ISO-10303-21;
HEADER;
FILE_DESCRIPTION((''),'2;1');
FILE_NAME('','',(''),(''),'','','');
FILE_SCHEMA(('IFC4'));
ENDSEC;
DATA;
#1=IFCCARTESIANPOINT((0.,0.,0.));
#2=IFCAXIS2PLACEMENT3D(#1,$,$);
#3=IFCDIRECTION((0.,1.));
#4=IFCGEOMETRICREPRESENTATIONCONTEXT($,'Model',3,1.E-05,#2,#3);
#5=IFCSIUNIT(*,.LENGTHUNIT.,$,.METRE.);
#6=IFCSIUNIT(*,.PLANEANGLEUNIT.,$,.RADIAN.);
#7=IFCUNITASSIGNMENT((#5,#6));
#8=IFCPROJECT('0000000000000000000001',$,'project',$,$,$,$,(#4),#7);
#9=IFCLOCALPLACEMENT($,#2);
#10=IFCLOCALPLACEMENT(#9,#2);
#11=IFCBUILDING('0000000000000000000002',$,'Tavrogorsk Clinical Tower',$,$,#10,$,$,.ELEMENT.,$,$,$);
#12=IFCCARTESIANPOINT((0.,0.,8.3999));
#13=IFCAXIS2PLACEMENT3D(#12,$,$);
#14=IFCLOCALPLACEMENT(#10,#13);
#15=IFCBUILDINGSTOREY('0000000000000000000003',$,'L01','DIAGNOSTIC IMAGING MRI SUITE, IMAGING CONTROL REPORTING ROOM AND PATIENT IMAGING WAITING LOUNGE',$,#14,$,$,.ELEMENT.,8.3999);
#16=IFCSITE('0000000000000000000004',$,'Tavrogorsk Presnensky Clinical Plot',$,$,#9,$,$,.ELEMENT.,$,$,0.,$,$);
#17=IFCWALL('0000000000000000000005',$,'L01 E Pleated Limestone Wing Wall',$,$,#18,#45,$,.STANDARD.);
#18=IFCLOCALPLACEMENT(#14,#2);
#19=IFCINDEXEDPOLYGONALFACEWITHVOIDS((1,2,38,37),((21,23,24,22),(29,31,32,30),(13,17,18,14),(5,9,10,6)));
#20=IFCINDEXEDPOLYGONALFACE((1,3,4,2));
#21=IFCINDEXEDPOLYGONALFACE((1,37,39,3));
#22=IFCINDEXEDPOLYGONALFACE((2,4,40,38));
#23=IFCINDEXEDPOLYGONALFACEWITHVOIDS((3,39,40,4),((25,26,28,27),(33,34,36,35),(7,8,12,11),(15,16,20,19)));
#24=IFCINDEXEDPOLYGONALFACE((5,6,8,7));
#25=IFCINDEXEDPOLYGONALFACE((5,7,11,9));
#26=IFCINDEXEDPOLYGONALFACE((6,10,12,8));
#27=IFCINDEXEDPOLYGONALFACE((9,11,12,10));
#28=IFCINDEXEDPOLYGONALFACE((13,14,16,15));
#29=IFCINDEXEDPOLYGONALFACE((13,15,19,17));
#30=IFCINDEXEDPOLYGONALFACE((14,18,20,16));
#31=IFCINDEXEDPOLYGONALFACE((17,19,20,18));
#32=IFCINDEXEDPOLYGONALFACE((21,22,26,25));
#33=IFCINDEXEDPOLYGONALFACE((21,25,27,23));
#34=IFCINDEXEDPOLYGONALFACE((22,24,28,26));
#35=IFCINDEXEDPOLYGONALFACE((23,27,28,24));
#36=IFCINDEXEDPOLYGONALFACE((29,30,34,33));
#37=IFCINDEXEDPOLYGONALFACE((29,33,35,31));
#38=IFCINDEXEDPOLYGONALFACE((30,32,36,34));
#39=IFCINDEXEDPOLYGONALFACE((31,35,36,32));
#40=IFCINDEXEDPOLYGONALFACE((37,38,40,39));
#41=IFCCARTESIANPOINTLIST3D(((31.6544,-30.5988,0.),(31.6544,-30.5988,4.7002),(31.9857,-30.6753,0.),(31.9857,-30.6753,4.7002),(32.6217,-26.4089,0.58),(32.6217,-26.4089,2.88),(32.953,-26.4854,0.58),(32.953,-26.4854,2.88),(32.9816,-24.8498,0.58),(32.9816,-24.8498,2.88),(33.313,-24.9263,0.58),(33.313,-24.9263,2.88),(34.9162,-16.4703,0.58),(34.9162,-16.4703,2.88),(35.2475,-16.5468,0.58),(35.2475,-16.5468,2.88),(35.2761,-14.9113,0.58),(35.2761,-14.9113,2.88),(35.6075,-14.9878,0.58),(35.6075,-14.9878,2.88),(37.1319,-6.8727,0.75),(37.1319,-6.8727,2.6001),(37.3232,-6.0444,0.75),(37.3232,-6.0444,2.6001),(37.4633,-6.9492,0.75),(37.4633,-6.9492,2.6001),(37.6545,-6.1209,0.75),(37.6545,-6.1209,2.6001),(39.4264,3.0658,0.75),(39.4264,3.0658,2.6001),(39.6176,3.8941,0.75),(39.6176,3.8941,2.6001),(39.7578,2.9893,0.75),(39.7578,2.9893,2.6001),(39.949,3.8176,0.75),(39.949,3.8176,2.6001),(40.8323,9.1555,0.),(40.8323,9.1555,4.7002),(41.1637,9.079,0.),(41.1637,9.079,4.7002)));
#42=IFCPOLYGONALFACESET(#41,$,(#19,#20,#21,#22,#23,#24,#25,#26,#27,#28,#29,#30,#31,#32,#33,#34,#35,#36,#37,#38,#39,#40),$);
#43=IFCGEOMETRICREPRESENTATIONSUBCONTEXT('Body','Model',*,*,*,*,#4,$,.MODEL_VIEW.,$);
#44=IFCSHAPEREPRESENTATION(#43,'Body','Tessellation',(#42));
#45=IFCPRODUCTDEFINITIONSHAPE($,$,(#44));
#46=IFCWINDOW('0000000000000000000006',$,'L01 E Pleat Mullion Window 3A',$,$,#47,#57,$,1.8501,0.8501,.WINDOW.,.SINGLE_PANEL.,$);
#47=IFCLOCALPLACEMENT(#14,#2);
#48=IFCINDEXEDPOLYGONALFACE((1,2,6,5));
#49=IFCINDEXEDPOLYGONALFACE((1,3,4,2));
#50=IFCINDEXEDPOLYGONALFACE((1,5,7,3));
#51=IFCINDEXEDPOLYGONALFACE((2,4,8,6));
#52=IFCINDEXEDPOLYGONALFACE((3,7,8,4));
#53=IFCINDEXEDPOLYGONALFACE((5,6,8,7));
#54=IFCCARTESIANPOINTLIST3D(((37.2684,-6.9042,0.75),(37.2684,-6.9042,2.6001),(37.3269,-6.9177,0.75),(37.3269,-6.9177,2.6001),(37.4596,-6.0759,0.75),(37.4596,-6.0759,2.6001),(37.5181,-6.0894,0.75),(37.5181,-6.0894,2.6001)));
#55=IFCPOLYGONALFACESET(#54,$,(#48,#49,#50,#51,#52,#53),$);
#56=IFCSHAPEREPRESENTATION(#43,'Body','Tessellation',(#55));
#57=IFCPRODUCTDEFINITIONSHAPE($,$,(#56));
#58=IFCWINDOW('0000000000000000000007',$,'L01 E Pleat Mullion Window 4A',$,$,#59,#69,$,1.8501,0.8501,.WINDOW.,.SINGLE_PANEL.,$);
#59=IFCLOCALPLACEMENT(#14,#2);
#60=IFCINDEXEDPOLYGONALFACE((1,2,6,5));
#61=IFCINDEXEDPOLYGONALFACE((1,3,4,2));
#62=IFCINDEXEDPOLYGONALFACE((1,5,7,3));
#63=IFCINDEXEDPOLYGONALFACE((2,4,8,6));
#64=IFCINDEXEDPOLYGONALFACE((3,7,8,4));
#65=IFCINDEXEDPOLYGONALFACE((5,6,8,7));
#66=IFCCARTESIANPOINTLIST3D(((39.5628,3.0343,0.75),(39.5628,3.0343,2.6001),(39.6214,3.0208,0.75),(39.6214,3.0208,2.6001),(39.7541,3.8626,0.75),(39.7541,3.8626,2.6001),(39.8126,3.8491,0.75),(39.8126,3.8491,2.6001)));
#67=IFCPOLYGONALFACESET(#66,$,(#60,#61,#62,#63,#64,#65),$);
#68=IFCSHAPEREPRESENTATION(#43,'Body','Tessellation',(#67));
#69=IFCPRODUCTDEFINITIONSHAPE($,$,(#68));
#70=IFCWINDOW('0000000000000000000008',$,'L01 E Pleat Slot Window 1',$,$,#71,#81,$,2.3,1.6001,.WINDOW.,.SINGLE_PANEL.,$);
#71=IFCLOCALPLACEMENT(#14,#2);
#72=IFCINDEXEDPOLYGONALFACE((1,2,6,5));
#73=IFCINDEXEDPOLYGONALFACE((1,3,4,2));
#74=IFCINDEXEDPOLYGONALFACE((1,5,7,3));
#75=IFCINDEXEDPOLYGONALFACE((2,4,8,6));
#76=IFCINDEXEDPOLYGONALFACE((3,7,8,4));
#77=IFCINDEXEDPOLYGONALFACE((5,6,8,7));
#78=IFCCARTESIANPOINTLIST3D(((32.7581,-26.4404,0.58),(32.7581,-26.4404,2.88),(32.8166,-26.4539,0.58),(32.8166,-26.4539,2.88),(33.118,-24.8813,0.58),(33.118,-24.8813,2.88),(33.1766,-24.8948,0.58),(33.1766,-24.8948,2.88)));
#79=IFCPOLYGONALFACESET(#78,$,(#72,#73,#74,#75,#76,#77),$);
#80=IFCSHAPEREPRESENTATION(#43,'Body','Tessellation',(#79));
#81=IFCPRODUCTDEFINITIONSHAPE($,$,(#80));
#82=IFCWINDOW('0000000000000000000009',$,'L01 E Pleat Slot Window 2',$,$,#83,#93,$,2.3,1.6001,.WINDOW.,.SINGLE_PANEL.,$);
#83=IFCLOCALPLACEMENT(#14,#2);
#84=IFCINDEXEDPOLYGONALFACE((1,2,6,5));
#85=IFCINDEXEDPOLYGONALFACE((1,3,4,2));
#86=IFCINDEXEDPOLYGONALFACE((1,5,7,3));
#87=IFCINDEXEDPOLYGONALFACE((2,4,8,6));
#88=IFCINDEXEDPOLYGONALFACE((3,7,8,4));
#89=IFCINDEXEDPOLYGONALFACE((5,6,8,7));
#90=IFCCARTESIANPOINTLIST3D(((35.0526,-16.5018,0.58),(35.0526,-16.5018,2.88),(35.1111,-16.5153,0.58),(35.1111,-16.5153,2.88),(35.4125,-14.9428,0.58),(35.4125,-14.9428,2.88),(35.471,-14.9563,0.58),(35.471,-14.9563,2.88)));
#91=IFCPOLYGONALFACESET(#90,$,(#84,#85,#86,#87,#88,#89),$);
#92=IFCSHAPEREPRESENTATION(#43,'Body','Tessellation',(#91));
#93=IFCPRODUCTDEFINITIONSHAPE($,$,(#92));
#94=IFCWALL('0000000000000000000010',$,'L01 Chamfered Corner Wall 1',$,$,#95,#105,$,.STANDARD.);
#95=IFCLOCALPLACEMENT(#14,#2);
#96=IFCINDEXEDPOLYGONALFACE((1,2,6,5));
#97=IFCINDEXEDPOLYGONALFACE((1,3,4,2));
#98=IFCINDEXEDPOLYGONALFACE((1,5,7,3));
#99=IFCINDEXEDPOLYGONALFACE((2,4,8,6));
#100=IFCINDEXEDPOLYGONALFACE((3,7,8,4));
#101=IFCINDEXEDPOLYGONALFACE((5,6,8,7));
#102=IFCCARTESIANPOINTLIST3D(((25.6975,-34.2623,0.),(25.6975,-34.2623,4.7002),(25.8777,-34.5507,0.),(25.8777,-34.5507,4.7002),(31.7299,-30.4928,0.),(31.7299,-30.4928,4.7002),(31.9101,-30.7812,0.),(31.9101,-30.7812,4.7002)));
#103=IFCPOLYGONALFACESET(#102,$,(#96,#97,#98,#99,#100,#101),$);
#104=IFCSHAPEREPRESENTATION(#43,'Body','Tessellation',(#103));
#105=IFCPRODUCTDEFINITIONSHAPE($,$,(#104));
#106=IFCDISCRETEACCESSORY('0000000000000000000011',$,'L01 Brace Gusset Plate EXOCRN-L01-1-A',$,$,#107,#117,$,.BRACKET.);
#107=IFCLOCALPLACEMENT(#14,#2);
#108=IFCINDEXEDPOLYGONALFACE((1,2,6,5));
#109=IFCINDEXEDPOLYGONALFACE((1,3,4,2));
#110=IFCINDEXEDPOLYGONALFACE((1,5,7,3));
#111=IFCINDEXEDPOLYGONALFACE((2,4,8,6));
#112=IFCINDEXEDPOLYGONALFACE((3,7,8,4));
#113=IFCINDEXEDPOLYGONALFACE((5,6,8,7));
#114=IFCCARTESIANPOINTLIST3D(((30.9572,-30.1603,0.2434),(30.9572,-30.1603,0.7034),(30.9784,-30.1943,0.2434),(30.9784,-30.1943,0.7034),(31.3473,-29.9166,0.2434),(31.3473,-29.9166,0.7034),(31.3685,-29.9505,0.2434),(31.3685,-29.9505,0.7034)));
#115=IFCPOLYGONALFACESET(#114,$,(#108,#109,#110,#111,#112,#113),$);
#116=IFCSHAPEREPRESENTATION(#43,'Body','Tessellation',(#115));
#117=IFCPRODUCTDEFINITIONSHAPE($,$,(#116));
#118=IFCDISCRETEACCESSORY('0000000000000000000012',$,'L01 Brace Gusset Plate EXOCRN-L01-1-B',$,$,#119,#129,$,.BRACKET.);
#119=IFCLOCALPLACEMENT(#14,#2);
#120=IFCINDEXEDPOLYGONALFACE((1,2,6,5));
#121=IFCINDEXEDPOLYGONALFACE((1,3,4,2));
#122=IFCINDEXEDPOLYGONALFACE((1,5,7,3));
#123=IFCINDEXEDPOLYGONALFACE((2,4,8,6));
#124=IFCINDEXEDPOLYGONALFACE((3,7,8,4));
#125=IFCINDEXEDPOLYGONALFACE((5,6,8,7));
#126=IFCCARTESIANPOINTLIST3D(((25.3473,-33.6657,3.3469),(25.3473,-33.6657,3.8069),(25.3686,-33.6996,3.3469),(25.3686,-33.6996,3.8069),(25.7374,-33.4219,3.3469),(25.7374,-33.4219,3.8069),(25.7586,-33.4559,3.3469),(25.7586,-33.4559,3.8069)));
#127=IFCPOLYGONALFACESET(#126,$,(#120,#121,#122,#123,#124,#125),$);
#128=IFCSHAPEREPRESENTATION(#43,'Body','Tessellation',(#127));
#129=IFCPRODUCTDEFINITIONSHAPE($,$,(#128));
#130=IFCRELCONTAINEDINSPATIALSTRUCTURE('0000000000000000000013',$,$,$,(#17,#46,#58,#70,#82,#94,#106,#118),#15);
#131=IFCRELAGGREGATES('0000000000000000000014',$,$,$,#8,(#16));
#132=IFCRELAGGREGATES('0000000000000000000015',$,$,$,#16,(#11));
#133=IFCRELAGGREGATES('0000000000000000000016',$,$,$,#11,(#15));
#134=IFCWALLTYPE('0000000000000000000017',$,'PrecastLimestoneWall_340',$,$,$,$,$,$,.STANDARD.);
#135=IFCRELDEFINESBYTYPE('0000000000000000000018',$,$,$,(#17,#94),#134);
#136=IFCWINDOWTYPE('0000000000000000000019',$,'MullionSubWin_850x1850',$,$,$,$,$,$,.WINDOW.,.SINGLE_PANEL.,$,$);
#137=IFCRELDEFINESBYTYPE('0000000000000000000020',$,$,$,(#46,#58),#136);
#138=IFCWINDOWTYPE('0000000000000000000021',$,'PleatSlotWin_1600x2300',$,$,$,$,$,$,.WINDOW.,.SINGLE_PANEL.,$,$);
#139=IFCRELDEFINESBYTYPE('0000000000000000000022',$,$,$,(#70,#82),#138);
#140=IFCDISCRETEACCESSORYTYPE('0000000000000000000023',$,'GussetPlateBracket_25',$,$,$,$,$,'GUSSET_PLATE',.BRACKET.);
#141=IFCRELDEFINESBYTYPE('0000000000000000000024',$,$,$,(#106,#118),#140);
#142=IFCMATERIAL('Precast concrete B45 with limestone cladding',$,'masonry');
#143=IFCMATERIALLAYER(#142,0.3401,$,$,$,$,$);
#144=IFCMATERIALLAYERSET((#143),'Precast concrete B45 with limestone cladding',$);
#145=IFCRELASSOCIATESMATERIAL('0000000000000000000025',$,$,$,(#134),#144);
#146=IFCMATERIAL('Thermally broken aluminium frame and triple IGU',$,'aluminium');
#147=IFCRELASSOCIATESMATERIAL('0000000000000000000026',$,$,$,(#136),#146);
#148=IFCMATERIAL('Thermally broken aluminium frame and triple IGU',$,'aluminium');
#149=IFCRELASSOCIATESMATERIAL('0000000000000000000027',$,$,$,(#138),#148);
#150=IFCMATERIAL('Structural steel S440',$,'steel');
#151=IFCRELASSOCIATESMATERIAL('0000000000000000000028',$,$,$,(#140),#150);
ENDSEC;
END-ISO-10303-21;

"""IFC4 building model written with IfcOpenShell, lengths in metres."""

from ifc_helpers import new_model, si_unit, direction, frame, frame_2d, origin, origin_2d, place, context, subcontext, project, spatial, rectangle, extrude, material, layer, layer_set, type_object, element, fill, save


model = new_model("IFC4")

# Units and contexts
model_context = context("Model", 3, precision=1e-05, world=origin(), true_north=direction((0.0, 1.0)))
body_context = subcontext(model_context, "Body", "Model", "MODEL_VIEW")
ifc_project = project(units=[si_unit("LENGTHUNIT", "METRE"), si_unit("PLANEANGLEUNIT", "RADIAN")], contexts=[model_context])

# Site, building, storey
site_placement = place(None, origin())
site = spatial("IfcSite", under=ifc_project, at=site_placement, Name="Tavrogorsk Presnensky Clinical Plot", CompositionType="ELEMENT", RefElevation=0.0)
building_placement = place(site_placement, origin())
building = spatial("IfcBuilding", under=site, at=building_placement, Name="Tavrogorsk Clinical Tower", CompositionType="ELEMENT")
storey_placement = place(building_placement, frame((0.0, 0.0, 8.3999)))
storey = spatial("IfcBuildingStorey", under=building, at=storey_placement, Name="L01", Description="DIAGNOSTIC IMAGING MRI SUITE, IMAGING CONTROL REPORTING ROOM AND PATIENT IMAGING WAITING LOUNGE", CompositionType="ELEMENT", Elevation=8.3999)

# Wall, openings, windows
ifc_material_1 = material(Name="Precast concrete B45 with limestone cladding", Category="masonry")
ifc_layer_1 = layer(ifc_material_1, 0.3401)
ifc_layer_set_1 = layer_set([ifc_layer_1], Name="Precast concrete B45 with limestone cladding")
wall_type_1 = type_object("IfcWallType", Name="PrecastLimestoneWall_340", PredefinedType="STANDARD", material=ifc_layer_set_1)
wall_1_placement = place(storey_placement, frame((31.8201, -30.637, 0.0), z_axis=(0.0, 0.0, 1.0), x_axis=(0.22495, 0.97437, 0.0)))
wall_1 = element("IfcWall", 1, at=wall_1_placement, inside=storey, type_object=wall_type_1, Name="L01 E Pleated Limestone Wing Wall", PredefinedType="STANDARD", context=body_context, shape_type="SweptSolid", body=[
    extrude(rectangle(XDim=40.8, YDim=0.3401, at=frame_2d((20.3999, 0.0))), origin(), (0.0, 0.0, 1.0), 4.7002),
])
opening_1_placement = place(wall_1_placement, frame((4.3, 0.0, 0.5801)))
opening_1 = element("IfcOpeningElement", 2, at=opening_1_placement, cuts=wall_1, PredefinedType="OPENING", context=body_context, shape_type="SweptSolid", body=[
    extrude(rectangle(XDim=1.6001, YDim=2.3, at=frame_2d((0.8, 1.1499))), frame((0.0, 0.1799, 0.0), z_axis=(0.0, -1.0, 0.0), x_axis=(1.0, 0.0, 0.0)), (0.0, 0.0, 1.0), 0.3601),
])
opening_2_placement = place(wall_1_placement, frame((14.5, 0.0, 0.5801)))
opening_2 = element("IfcOpeningElement", 3, at=opening_2_placement, cuts=wall_1, PredefinedType="OPENING", context=body_context, shape_type="SweptSolid", body=[
    extrude(rectangle(XDim=1.6001, YDim=2.3, at=frame_2d((0.8, 1.1499))), frame((0.0, 0.1799, 0.0), z_axis=(0.0, -1.0, 0.0), x_axis=(1.0, 0.0, 0.0)), (0.0, 0.0, 1.0), 0.3601),
])
opening_3_placement = place(wall_1_placement, frame((24.3501, 0.0, 0.75)))
opening_3 = element("IfcOpeningElement", 4, at=opening_3_placement, cuts=wall_1, PredefinedType="OPENING", context=body_context, shape_type="SweptSolid", body=[
    extrude(rectangle(XDim=0.8501, YDim=1.8501, at=frame_2d((0.425, 0.925))), frame((0.0, 0.1799, 0.0), z_axis=(0.0, -1.0, 0.0), x_axis=(1.0, 0.0, 0.0)), (0.0, 0.0, 1.0), 0.3601),
])
opening_4_placement = place(wall_1_placement, frame((34.55, 0.0, 0.75)))
opening_4 = element("IfcOpeningElement", 5, at=opening_4_placement, cuts=wall_1, PredefinedType="OPENING", context=body_context, shape_type="SweptSolid", body=[
    extrude(rectangle(XDim=0.8501, YDim=1.8501, at=frame_2d((0.425, 0.925))), frame((0.0, 0.1799, 0.0), z_axis=(0.0, -1.0, 0.0), x_axis=(1.0, 0.0, 0.0)), (0.0, 0.0, 1.0), 0.3601),
])
ifc_material_2 = material(Name="Thermally broken aluminium frame and triple IGU", Category="aluminium")
window_type_1 = type_object("IfcWindowType", Name="MullionSubWin_850x1850", PartitioningType="SINGLE_PANEL", PredefinedType="WINDOW", material=ifc_material_2)
window_1_placement = place(opening_3_placement, origin())
window_1 = element("IfcWindow", 6, at=window_1_placement, inside=storey, type_object=window_type_1, Name="L01 E Pleat Mullion Window 3A", OverallHeight=1.8501, OverallWidth=0.8501, PartitioningType="SINGLE_PANEL", PredefinedType="WINDOW", context=body_context, shape_type="SweptSolid", body=[
    extrude(rectangle(XDim=0.8501, YDim=1.8501, at=frame_2d((0.425, 0.925))), frame((0.0, 0.03, 0.0), z_axis=(0.0, -1.0, 0.0), x_axis=(1.0, 0.0, 0.0)), (0.0, 0.0, 1.0), 0.0601),
])
fill(opening_3, window_1)
window_2_placement = place(opening_4_placement, origin())
window_2 = element("IfcWindow", 7, at=window_2_placement, inside=storey, type_object=window_type_1, Name="L01 E Pleat Mullion Window 4A", OverallHeight=1.8501, OverallWidth=0.8501, PartitioningType="SINGLE_PANEL", PredefinedType="WINDOW", context=body_context, shape_type="SweptSolid", body=[
    extrude(rectangle(XDim=0.8501, YDim=1.8501, at=frame_2d((0.425, 0.925))), frame((0.0, 0.03, 0.0), z_axis=(0.0, -1.0, 0.0), x_axis=(1.0, 0.0, 0.0)), (0.0, 0.0, 1.0), 0.0601),
])
fill(opening_4, window_2)
ifc_material_3 = material(Name="Thermally broken aluminium frame and triple IGU", Category="aluminium")
window_type_2 = type_object("IfcWindowType", Name="PleatSlotWin_1600x2300", PartitioningType="SINGLE_PANEL", PredefinedType="WINDOW", material=ifc_material_3)
window_3_placement = place(opening_1_placement, origin())
window_3 = element("IfcWindow", 8, at=window_3_placement, inside=storey, type_object=window_type_2, Name="L01 E Pleat Slot Window 1", OverallHeight=2.3, OverallWidth=1.6001, PartitioningType="SINGLE_PANEL", PredefinedType="WINDOW", context=body_context, shape_type="SweptSolid", body=[
    extrude(rectangle(XDim=1.6001, YDim=2.3, at=frame_2d((0.8, 1.1499))), frame((0.0, 0.03, 0.0), z_axis=(0.0, -1.0, 0.0), x_axis=(1.0, 0.0, 0.0)), (0.0, 0.0, 1.0), 0.0601),
])
fill(opening_1, window_3)
window_4_placement = place(opening_2_placement, origin())
window_4 = element("IfcWindow", 9, at=window_4_placement, inside=storey, type_object=window_type_2, Name="L01 E Pleat Slot Window 2", OverallHeight=2.3, OverallWidth=1.6001, PartitioningType="SINGLE_PANEL", PredefinedType="WINDOW", context=body_context, shape_type="SweptSolid", body=[
    extrude(rectangle(XDim=1.6001, YDim=2.3, at=frame_2d((0.8, 1.1499))), frame((0.0, 0.03, 0.0), z_axis=(0.0, -1.0, 0.0), x_axis=(1.0, 0.0, 0.0)), (0.0, 0.0, 1.0), 0.0601),
])
fill(opening_2, window_4)

# Wall
wall_2_placement = place(storey_placement, frame((25.7876, -34.4065, 0.0), z_axis=(0.0, 0.0, 1.0), x_axis=(0.848047, 0.529922, 0.0)))
element("IfcWall", 10, at=wall_2_placement, inside=storey, type_object=wall_type_1, Name="L01 Chamfered Corner Wall 1", PredefinedType="STANDARD", context=body_context, shape_type="SweptSolid", body=[
    extrude(rectangle(XDim=7.1133, YDim=0.3401, at=frame_2d((3.5566, 0.0))), origin(), (0.0, 0.0, 1.0), 4.7002),
])

# Discrete accessories
ifc_material_4 = material(Name="Structural steel S440", Category="steel")
discrete_accessory_type = type_object("IfcDiscreteAccessoryType", Name="GussetPlateBracket_25", ElementType="GUSSET_PLATE", PredefinedType="BRACKET", material=ifc_material_4)
for number, where, z_axis, x_axis, name in (
    (11, (31.1628, -30.0554, 0.2434), (0.0, 0.0, 1.0), (-0.848048, -0.529919, 0.0), "L01 Brace Gusset Plate EXOCRN-L01-1-A"),
    (12, (25.553, -33.5608, 3.3469), (0.0, 0.0, 1.0), (-0.848048, -0.529919, 0.0), "L01 Brace Gusset Plate EXOCRN-L01-1-B"),
):
    element("IfcDiscreteAccessory", number, at=place(storey_placement, frame(where, z_axis=z_axis, x_axis=x_axis)), inside=storey, type_object=discrete_accessory_type, Name=name, PredefinedType="BRACKET", context=body_context, shape_type="SweptSolid", body=[
        extrude(rectangle(XDim=0.46, YDim=0.04, at=origin_2d()), origin(), (0.0, 0.0, 1.0), 0.46),
    ])

save(model, "model.ifc")
